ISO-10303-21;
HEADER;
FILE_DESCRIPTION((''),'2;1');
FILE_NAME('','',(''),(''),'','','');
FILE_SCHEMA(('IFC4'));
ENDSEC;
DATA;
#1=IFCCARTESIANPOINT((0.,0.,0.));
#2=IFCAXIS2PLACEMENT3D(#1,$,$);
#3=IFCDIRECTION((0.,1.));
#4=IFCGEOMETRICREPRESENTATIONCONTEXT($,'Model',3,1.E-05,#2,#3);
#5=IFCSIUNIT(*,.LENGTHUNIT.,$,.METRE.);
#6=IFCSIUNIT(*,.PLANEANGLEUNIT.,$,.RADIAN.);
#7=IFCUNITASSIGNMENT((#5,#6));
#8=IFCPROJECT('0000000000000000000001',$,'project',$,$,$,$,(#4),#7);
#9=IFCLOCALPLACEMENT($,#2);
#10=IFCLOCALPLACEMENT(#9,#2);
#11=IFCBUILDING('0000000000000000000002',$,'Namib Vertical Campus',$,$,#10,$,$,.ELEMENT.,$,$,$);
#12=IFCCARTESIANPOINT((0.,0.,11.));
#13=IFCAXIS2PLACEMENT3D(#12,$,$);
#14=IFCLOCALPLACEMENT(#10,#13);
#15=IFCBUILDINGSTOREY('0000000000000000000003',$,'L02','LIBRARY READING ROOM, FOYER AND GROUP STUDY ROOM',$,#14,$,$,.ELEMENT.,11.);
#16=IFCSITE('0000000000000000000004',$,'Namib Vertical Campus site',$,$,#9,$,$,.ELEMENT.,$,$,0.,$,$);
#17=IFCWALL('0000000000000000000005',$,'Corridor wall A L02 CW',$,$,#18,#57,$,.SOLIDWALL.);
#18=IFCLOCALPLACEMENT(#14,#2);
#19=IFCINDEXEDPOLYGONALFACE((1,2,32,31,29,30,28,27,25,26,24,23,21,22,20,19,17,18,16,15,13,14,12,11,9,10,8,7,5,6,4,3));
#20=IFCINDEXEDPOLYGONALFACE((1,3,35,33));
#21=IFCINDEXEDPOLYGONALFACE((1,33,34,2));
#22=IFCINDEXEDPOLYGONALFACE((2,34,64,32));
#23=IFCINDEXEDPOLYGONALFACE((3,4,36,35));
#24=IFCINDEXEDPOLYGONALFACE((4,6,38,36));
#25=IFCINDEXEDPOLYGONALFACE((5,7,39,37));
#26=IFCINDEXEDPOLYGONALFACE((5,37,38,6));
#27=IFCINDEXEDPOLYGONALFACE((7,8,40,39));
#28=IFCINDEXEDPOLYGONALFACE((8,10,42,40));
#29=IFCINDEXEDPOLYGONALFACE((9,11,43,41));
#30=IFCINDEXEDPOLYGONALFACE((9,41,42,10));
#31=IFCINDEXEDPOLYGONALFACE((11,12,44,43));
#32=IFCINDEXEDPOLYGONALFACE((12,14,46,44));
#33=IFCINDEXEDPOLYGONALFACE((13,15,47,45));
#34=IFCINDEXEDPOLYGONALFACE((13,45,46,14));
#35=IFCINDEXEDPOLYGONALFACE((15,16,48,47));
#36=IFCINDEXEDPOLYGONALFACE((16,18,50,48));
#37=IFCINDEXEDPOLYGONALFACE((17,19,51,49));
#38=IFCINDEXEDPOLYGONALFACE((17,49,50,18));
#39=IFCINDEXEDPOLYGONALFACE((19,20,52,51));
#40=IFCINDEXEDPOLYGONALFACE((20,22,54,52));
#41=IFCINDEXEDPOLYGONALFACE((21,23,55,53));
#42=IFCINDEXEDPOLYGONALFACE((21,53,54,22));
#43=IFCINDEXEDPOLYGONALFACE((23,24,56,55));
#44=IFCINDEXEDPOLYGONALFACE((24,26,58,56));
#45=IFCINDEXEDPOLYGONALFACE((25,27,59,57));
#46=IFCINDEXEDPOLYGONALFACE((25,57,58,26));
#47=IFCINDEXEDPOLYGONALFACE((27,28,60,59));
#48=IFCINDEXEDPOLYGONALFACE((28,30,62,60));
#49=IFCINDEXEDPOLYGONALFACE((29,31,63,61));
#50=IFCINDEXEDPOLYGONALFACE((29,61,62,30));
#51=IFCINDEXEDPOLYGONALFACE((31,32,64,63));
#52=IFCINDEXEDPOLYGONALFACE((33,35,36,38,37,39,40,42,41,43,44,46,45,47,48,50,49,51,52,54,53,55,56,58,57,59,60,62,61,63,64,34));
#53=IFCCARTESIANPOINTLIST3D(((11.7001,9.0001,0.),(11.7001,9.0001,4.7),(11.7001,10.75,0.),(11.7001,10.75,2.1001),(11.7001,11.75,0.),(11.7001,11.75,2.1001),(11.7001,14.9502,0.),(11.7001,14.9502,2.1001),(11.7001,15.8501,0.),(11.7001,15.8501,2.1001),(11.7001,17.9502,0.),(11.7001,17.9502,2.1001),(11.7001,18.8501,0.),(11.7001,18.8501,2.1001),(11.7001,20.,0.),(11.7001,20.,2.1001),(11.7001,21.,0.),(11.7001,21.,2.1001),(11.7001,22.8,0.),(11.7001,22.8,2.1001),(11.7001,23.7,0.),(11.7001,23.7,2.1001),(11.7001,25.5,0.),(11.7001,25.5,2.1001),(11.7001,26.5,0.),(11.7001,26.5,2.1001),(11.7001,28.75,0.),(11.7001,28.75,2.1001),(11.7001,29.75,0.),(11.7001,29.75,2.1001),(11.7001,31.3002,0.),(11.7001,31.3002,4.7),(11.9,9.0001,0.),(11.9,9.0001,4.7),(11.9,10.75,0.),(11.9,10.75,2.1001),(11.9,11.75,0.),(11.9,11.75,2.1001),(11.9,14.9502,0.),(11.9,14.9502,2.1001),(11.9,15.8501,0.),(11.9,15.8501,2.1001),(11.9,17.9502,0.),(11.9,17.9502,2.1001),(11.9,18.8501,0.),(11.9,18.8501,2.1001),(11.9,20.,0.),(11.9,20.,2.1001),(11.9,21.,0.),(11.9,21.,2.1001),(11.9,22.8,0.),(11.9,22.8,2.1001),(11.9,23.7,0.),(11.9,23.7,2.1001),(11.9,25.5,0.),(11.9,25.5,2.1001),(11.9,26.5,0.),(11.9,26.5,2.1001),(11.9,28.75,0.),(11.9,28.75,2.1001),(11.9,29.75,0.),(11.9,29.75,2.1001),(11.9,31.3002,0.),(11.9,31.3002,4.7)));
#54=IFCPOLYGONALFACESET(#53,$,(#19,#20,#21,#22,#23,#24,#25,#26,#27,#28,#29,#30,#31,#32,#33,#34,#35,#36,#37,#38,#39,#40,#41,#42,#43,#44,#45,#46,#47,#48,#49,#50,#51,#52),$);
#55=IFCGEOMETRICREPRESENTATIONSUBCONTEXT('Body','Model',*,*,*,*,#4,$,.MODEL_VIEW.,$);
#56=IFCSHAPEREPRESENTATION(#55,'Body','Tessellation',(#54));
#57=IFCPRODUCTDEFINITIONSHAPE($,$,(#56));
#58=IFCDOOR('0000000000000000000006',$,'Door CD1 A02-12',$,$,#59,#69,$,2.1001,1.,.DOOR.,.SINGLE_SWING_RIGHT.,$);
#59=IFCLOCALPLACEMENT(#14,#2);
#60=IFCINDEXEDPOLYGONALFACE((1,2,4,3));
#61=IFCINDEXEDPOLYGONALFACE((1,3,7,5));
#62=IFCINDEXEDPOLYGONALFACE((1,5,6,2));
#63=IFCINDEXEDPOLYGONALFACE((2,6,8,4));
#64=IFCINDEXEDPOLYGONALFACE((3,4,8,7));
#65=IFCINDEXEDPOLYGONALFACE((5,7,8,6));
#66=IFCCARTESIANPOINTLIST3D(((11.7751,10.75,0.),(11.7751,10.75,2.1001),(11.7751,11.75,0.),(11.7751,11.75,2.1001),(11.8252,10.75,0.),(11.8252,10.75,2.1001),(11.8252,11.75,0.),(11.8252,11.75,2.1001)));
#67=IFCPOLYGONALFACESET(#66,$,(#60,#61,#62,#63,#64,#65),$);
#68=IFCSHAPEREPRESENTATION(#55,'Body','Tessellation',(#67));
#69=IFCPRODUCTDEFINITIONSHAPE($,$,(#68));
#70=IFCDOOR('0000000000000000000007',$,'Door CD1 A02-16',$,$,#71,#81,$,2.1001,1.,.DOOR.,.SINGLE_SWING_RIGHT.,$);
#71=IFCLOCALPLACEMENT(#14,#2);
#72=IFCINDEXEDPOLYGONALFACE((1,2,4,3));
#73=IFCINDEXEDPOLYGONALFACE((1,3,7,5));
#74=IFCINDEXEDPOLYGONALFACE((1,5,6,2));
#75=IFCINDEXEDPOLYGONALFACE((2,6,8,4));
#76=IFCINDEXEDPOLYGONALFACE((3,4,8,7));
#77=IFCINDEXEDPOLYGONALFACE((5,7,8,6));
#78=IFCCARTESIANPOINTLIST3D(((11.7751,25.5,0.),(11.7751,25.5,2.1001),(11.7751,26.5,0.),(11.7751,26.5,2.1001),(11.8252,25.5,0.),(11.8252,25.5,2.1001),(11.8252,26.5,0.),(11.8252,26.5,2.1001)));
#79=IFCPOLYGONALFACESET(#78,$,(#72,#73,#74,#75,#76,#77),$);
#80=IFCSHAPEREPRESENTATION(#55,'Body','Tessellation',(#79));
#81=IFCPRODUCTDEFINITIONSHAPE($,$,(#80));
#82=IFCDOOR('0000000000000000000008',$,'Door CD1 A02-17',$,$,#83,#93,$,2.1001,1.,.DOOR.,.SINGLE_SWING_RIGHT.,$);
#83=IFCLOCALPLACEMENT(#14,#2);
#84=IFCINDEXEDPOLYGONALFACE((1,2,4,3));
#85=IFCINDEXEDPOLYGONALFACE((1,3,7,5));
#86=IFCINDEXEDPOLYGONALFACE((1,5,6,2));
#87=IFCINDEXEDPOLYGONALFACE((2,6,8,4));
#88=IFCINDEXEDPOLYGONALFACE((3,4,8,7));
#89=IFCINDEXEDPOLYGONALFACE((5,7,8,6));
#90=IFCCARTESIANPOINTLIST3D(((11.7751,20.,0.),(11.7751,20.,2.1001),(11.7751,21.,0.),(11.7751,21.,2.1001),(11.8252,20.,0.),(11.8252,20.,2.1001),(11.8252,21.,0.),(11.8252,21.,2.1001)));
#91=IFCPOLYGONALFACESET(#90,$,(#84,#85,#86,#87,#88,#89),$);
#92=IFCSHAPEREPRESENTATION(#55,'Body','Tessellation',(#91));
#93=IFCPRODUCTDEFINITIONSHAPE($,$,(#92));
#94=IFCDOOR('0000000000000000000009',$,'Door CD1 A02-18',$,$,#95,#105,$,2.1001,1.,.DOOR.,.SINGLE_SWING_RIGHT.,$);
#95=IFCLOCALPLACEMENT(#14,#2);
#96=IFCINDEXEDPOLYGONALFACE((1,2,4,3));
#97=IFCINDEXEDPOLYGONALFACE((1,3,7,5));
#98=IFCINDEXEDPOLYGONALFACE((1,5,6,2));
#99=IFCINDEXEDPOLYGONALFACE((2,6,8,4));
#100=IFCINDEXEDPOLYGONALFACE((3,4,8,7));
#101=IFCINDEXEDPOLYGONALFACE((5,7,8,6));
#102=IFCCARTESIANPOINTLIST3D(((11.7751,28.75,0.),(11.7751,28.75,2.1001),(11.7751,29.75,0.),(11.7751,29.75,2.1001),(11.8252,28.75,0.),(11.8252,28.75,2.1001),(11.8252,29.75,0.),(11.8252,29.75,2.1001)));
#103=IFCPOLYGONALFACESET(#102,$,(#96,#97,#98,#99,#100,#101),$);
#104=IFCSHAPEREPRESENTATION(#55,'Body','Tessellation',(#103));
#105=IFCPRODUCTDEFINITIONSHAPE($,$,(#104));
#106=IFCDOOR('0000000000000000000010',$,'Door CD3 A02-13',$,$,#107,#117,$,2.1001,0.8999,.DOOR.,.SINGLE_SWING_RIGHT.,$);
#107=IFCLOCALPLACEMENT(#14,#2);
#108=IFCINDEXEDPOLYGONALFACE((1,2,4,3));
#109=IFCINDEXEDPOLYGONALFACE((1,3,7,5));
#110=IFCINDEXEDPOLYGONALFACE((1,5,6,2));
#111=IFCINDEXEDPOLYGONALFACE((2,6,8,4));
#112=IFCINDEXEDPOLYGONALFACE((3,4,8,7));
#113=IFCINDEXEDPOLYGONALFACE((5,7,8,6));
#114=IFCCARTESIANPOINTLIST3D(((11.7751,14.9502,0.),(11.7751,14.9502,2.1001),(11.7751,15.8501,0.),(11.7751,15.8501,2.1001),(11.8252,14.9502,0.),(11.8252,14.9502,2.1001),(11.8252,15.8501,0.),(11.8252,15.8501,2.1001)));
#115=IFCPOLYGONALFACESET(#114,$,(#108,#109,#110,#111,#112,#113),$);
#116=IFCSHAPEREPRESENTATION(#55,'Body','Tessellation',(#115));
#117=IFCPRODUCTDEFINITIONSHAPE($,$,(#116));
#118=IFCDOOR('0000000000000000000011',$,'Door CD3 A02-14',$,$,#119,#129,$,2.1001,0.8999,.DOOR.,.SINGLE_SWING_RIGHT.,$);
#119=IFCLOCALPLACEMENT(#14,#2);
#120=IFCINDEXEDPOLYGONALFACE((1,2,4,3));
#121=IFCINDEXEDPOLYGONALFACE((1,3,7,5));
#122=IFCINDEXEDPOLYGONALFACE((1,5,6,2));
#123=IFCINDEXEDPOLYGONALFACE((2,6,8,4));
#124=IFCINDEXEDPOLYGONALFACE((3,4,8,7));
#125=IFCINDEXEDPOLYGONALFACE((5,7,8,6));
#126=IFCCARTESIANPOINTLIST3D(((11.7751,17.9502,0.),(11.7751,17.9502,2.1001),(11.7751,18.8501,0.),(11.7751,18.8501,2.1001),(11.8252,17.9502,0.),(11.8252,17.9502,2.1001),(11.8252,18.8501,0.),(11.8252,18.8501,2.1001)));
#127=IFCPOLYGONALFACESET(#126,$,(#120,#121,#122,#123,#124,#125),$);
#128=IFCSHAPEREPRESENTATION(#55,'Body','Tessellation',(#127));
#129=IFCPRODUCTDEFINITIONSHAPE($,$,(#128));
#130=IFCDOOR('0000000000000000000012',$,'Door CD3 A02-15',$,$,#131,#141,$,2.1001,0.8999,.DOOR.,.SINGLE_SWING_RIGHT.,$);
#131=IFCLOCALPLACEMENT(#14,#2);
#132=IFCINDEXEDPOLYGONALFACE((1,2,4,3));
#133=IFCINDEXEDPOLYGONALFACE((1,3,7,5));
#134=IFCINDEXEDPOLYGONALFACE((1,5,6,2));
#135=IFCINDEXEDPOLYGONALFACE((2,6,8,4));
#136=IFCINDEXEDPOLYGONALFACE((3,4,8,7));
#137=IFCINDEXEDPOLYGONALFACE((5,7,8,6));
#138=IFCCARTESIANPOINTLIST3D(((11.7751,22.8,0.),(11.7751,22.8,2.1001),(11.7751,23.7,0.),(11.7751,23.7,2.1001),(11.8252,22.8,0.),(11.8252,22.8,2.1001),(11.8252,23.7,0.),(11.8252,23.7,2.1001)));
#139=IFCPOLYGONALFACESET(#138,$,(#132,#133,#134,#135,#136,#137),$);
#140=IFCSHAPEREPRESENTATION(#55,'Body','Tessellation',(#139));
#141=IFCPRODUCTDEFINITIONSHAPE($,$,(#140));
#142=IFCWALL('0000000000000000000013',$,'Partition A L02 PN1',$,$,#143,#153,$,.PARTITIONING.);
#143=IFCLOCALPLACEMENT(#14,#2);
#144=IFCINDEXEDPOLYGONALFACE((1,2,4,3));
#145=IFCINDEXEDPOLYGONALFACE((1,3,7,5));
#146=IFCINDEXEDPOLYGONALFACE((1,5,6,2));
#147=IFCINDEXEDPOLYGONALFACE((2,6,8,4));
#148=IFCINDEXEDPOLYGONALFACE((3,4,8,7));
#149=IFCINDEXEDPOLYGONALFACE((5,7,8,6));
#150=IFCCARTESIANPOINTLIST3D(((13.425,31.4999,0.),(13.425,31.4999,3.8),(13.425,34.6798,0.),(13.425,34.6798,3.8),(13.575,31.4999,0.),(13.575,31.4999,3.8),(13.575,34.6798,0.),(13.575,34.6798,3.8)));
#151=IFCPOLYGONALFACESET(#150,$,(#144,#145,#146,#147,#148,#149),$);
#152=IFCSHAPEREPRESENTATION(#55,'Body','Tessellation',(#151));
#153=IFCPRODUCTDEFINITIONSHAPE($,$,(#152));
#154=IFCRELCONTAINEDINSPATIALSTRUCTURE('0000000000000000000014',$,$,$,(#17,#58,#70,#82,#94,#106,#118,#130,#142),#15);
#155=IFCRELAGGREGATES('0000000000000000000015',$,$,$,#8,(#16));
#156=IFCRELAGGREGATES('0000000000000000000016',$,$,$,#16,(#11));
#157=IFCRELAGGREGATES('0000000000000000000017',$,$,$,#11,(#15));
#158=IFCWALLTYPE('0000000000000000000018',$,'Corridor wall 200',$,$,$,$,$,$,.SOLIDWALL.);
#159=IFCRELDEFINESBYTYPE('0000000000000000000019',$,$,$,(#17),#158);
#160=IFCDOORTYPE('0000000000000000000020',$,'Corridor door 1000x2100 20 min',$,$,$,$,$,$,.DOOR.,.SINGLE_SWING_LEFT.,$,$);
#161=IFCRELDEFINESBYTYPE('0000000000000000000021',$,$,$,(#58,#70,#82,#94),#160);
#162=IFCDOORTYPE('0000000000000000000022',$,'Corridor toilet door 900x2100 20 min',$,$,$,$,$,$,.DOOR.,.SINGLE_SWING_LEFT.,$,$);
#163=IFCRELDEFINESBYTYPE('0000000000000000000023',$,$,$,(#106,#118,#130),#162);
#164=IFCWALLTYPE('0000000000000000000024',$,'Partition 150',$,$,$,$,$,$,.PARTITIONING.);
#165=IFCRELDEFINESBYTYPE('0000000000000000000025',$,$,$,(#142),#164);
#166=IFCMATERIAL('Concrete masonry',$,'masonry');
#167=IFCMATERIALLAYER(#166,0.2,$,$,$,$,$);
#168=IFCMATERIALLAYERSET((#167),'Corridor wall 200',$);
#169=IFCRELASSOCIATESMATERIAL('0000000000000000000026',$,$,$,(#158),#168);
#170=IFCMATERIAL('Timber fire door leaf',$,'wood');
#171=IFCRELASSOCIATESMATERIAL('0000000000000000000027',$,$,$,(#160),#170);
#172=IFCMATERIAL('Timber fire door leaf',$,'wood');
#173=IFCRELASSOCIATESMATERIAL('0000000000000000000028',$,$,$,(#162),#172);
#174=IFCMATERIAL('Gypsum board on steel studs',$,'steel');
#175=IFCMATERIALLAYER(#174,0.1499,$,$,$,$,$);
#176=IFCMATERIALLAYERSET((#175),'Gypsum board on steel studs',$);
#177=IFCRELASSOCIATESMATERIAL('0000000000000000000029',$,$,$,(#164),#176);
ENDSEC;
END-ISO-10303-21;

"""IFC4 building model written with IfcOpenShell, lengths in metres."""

from ifc_helpers import new_model, si_unit, direction, frame, frame_2d, origin, place, context, subcontext, project, spatial, rectangle, extrude, material, layer, layer_set, type_object, element, fill, save


model = new_model("IFC4")

# Units and contexts
model_context = context("Model", 3, precision=1e-05, world=origin(), true_north=direction((0.0, 1.0)))
body_context = subcontext(model_context, "Body", "Model", "MODEL_VIEW")
ifc_project = project(units=[si_unit("LENGTHUNIT", "METRE"), si_unit("PLANEANGLEUNIT", "RADIAN")], contexts=[model_context])

# Site, building, storey
site_placement = place(None, origin())
site = spatial("IfcSite", under=ifc_project, at=site_placement, Name="Namib Vertical Campus site", CompositionType="ELEMENT", RefElevation=0.0)
building_placement = place(site_placement, origin())
building = spatial("IfcBuilding", under=site, at=building_placement, Name="Namib Vertical Campus", CompositionType="ELEMENT")
storey_placement = place(building_placement, frame((0.0, 0.0, 11.0)))
storey = spatial("IfcBuildingStorey", under=building, at=storey_placement, Name="L02", Description="LIBRARY READING ROOM, FOYER AND GROUP STUDY ROOM", CompositionType="ELEMENT", Elevation=11.0)

# Wall, openings, doors
ifc_material_1 = material(Name="Concrete masonry", Category="masonry")
ifc_layer_1 = layer(ifc_material_1, 0.2)
ifc_layer_set_1 = layer_set([ifc_layer_1], Name="Corridor wall 200")
wall_type_1 = type_object("IfcWallType", Name="Corridor wall 200", PredefinedType="SOLIDWALL", material=ifc_layer_set_1)
wall_1_placement = place(storey_placement, frame((11.8, 31.3, 0.0), z_axis=(0.0, 0.0, 1.0), x_axis=(0.0, -1.0, 0.0)))
wall_1 = element("IfcWall", 1, at=wall_1_placement, inside=storey, type_object=wall_type_1, Name="Corridor wall A L02 CW", PredefinedType="SOLIDWALL", context=body_context, shape_type="SweptSolid", body=[
    extrude(rectangle(XDim=22.3, YDim=0.2, at=frame_2d((11.1499, 0.0))), origin(), (0.0, 0.0, 1.0), 4.7),
])
opening_1_placement = place(wall_1_placement, frame((19.55, 0.0, 0.0)))
opening_1 = element("IfcOpeningElement", 2, at=opening_1_placement, cuts=wall_1, PredefinedType="OPENING", context=body_context, shape_type="SweptSolid", body=[
    extrude(rectangle(XDim=1.0, YDim=2.1001, at=frame_2d((0.5, 1.05))), frame((0.0, 0.1099, 0.0), z_axis=(0.0, -1.0, 0.0), x_axis=(1.0, 0.0, 0.0)), (0.0, 0.0, 1.0), 0.22),
])
opening_2_placement = place(wall_1_placement, frame((15.45, 0.0, 0.0)))
opening_2 = element("IfcOpeningElement", 3, at=opening_2_placement, cuts=wall_1, PredefinedType="OPENING", context=body_context, shape_type="SweptSolid", body=[
    extrude(rectangle(XDim=0.8999, YDim=2.1001, at=frame_2d((0.45, 1.05))), frame((0.0, 0.1099, 0.0), z_axis=(0.0, -1.0, 0.0), x_axis=(1.0, 0.0, 0.0)), (0.0, 0.0, 1.0), 0.22),
])
opening_3_placement = place(wall_1_placement, frame((12.45, 0.0, 0.0)))
opening_3 = element("IfcOpeningElement", 4, at=opening_3_placement, cuts=wall_1, PredefinedType="OPENING", context=body_context, shape_type="SweptSolid", body=[
    extrude(rectangle(XDim=0.8999, YDim=2.1001, at=frame_2d((0.45, 1.05))), frame((0.0, 0.1099, 0.0), z_axis=(0.0, -1.0, 0.0), x_axis=(1.0, 0.0, 0.0)), (0.0, 0.0, 1.0), 0.22),
])
opening_4_placement = place(wall_1_placement, frame((7.6001, 0.0, 0.0)))
opening_4 = element("IfcOpeningElement", 5, at=opening_4_placement, cuts=wall_1, PredefinedType="OPENING", context=body_context, shape_type="SweptSolid", body=[
    extrude(rectangle(XDim=0.8999, YDim=2.1001, at=frame_2d((0.45, 1.05))), frame((0.0, 0.1099, 0.0), z_axis=(0.0, -1.0, 0.0), x_axis=(1.0, 0.0, 0.0)), (0.0, 0.0, 1.0), 0.22),
])
opening_5_placement = place(wall_1_placement, frame((4.8, 0.0, 0.0)))
opening_5 = element("IfcOpeningElement", 6, at=opening_5_placement, cuts=wall_1, PredefinedType="OPENING", context=body_context, shape_type="SweptSolid", body=[
    extrude(rectangle(XDim=1.0, YDim=2.1001, at=frame_2d((0.5, 1.05))), frame((0.0, 0.1099, 0.0), z_axis=(0.0, -1.0, 0.0), x_axis=(1.0, 0.0, 0.0)), (0.0, 0.0, 1.0), 0.22),
])
opening_6_placement = place(wall_1_placement, frame((10.3, 0.0, 0.0)))
opening_6 = element("IfcOpeningElement", 7, at=opening_6_placement, cuts=wall_1, PredefinedType="OPENING", context=body_context, shape_type="SweptSolid", body=[
    extrude(rectangle(XDim=1.0, YDim=2.1001, at=frame_2d((0.5, 1.05))), frame((0.0, 0.1099, 0.0), z_axis=(0.0, -1.0, 0.0), x_axis=(1.0, 0.0, 0.0)), (0.0, 0.0, 1.0), 0.22),
])
opening_7_placement = place(wall_1_placement, frame((1.55, 0.0, 0.0)))
opening_7 = element("IfcOpeningElement", 8, at=opening_7_placement, cuts=wall_1, PredefinedType="OPENING", context=body_context, shape_type="SweptSolid", body=[
    extrude(rectangle(XDim=1.0, YDim=2.1001, at=frame_2d((0.5, 1.05))), frame((0.0, 0.1099, 0.0), z_axis=(0.0, -1.0, 0.0), x_axis=(1.0, 0.0, 0.0)), (0.0, 0.0, 1.0), 0.22),
])
ifc_material_2 = material(Name="Timber fire door leaf", Category="wood")
door_type_1 = type_object("IfcDoorType", Name="Corridor door 1000x2100 20 min", OperationType="SINGLE_SWING_LEFT", PredefinedType="DOOR", material=ifc_material_2)
door_1_placement = place(opening_1_placement, frame((1.0, 0.0, 0.0), z_axis=(0.0, 0.0, 1.0), x_axis=(-1.0, 0.0, 0.0)))
door_1 = element("IfcDoor", 9, at=door_1_placement, inside=storey, type_object=door_type_1, Name="Door CD1 A02-12", OperationType="SINGLE_SWING_RIGHT", OverallHeight=2.1001, OverallWidth=1.0, PredefinedType="DOOR", context=body_context, shape_type="SweptSolid", body=[
    extrude(rectangle(XDim=1.0, YDim=2.1001, at=frame_2d((0.5, 1.05))), frame((0.0, 0.0249, 0.0), z_axis=(0.0, -1.0, 0.0), x_axis=(1.0, 0.0, 0.0)), (0.0, 0.0, 1.0), 0.05),
])
fill(opening_1, door_1)
door_2_placement = place(opening_5_placement, frame((1.0, 0.0, 0.0), z_axis=(0.0, 0.0, 1.0), x_axis=(-1.0, 0.0, 0.0)))
door_2 = element("IfcDoor", 10, at=door_2_placement, inside=storey, type_object=door_type_1, Name="Door CD1 A02-16", OperationType="SINGLE_SWING_RIGHT", OverallHeight=2.1001, OverallWidth=1.0, PredefinedType="DOOR", context=body_context, shape_type="SweptSolid", body=[
    extrude(rectangle(XDim=1.0, YDim=2.1001, at=frame_2d((0.5, 1.05))), frame((0.0, 0.0249, 0.0), z_axis=(0.0, -1.0, 0.0), x_axis=(1.0, 0.0, 0.0)), (0.0, 0.0, 1.0), 0.05),
])
fill(opening_5, door_2)
door_3_placement = place(opening_6_placement, frame((1.0, 0.0, 0.0), z_axis=(0.0, 0.0, 1.0), x_axis=(-1.0, 0.0, 0.0)))
door_3 = element("IfcDoor", 11, at=door_3_placement, inside=storey, type_object=door_type_1, Name="Door CD1 A02-17", OperationType="SINGLE_SWING_RIGHT", OverallHeight=2.1001, OverallWidth=1.0, PredefinedType="DOOR", context=body_context, shape_type="SweptSolid", body=[
    extrude(rectangle(XDim=1.0, YDim=2.1001, at=frame_2d((0.5, 1.05))), frame((0.0, 0.0249, 0.0), z_axis=(0.0, -1.0, 0.0), x_axis=(1.0, 0.0, 0.0)), (0.0, 0.0, 1.0), 0.05),
])
fill(opening_6, door_3)
door_4_placement = place(opening_7_placement, frame((1.0, 0.0, 0.0), z_axis=(0.0, 0.0, 1.0), x_axis=(-1.0, 0.0, 0.0)))
door_4 = element("IfcDoor", 12, at=door_4_placement, inside=storey, type_object=door_type_1, Name="Door CD1 A02-18", OperationType="SINGLE_SWING_RIGHT", OverallHeight=2.1001, OverallWidth=1.0, PredefinedType="DOOR", context=body_context, shape_type="SweptSolid", body=[
    extrude(rectangle(XDim=1.0, YDim=2.1001, at=frame_2d((0.5, 1.05))), frame((0.0, 0.0249, 0.0), z_axis=(0.0, -1.0, 0.0), x_axis=(1.0, 0.0, 0.0)), (0.0, 0.0, 1.0), 0.05),
])
fill(opening_7, door_4)
ifc_material_3 = material(Name="Timber fire door leaf", Category="wood")
door_type_2 = type_object("IfcDoorType", Name="Corridor toilet door 900x2100 20 min", OperationType="SINGLE_SWING_LEFT", PredefinedType="DOOR", material=ifc_material_3)
door_5_placement = place(opening_2_placement, frame((0.8999, 0.0, 0.0), z_axis=(0.0, 0.0, 1.0), x_axis=(-1.0, 0.0, 0.0)))
door_5 = element("IfcDoor", 13, at=door_5_placement, inside=storey, type_object=door_type_2, Name="Door CD3 A02-13", OperationType="SINGLE_SWING_RIGHT", OverallHeight=2.1001, OverallWidth=0.8999, PredefinedType="DOOR", context=body_context, shape_type="SweptSolid", body=[
    extrude(rectangle(XDim=0.8999, YDim=2.1001, at=frame_2d((0.45, 1.05))), frame((0.0, 0.0249, 0.0), z_axis=(0.0, -1.0, 0.0), x_axis=(1.0, 0.0, 0.0)), (0.0, 0.0, 1.0), 0.05),
])
fill(opening_2, door_5)
door_6_placement = place(opening_3_placement, frame((0.8999, 0.0, 0.0), z_axis=(0.0, 0.0, 1.0), x_axis=(-1.0, 0.0, 0.0)))
door_6 = element("IfcDoor", 14, at=door_6_placement, inside=storey, type_object=door_type_2, Name="Door CD3 A02-14", OperationType="SINGLE_SWING_RIGHT", OverallHeight=2.1001, OverallWidth=0.8999, PredefinedType="DOOR", context=body_context, shape_type="SweptSolid", body=[
    extrude(rectangle(XDim=0.8999, YDim=2.1001, at=frame_2d((0.45, 1.05))), frame((0.0, 0.0249, 0.0), z_axis=(0.0, -1.0, 0.0), x_axis=(1.0, 0.0, 0.0)), (0.0, 0.0, 1.0), 0.05),
])
fill(opening_3, door_6)
door_7_placement = place(opening_4_placement, frame((0.8999, 0.0, 0.0), z_axis=(0.0, 0.0, 1.0), x_axis=(-1.0, 0.0, 0.0)))
door_7 = element("IfcDoor", 15, at=door_7_placement, inside=storey, type_object=door_type_2, Name="Door CD3 A02-15", OperationType="SINGLE_SWING_RIGHT", OverallHeight=2.1001, OverallWidth=0.8999, PredefinedType="DOOR", context=body_context, shape_type="SweptSolid", body=[
    extrude(rectangle(XDim=0.8999, YDim=2.1001, at=frame_2d((0.45, 1.05))), frame((0.0, 0.0249, 0.0), z_axis=(0.0, -1.0, 0.0), x_axis=(1.0, 0.0, 0.0)), (0.0, 0.0, 1.0), 0.05),
])
fill(opening_4, door_7)

# Wall
ifc_material_4 = material(Name="Gypsum board on steel studs", Category="steel")
ifc_layer_2 = layer(ifc_material_4, 0.1499)
ifc_layer_set_2 = layer_set([ifc_layer_2], Name="Gypsum board on steel studs")
wall_type_2 = type_object("IfcWallType", Name="Partition 150", PredefinedType="PARTITIONING", material=ifc_layer_set_2)
wall_2_placement = place(storey_placement, frame((13.5, 31.5, 0.0), z_axis=(0.0, 0.0, 1.0), x_axis=(0.0, 1.0, 0.0)))
element("IfcWall", 16, at=wall_2_placement, inside=storey, type_object=wall_type_2, Name="Partition A L02 PN1", PredefinedType="PARTITIONING", context=body_context, shape_type="SweptSolid", body=[
    extrude(rectangle(XDim=3.1799, YDim=0.1499, at=frame_2d((1.5898, 0.0))), origin(), (0.0, 0.0, 1.0), 3.8),
])

save(model, "model.ifc")
